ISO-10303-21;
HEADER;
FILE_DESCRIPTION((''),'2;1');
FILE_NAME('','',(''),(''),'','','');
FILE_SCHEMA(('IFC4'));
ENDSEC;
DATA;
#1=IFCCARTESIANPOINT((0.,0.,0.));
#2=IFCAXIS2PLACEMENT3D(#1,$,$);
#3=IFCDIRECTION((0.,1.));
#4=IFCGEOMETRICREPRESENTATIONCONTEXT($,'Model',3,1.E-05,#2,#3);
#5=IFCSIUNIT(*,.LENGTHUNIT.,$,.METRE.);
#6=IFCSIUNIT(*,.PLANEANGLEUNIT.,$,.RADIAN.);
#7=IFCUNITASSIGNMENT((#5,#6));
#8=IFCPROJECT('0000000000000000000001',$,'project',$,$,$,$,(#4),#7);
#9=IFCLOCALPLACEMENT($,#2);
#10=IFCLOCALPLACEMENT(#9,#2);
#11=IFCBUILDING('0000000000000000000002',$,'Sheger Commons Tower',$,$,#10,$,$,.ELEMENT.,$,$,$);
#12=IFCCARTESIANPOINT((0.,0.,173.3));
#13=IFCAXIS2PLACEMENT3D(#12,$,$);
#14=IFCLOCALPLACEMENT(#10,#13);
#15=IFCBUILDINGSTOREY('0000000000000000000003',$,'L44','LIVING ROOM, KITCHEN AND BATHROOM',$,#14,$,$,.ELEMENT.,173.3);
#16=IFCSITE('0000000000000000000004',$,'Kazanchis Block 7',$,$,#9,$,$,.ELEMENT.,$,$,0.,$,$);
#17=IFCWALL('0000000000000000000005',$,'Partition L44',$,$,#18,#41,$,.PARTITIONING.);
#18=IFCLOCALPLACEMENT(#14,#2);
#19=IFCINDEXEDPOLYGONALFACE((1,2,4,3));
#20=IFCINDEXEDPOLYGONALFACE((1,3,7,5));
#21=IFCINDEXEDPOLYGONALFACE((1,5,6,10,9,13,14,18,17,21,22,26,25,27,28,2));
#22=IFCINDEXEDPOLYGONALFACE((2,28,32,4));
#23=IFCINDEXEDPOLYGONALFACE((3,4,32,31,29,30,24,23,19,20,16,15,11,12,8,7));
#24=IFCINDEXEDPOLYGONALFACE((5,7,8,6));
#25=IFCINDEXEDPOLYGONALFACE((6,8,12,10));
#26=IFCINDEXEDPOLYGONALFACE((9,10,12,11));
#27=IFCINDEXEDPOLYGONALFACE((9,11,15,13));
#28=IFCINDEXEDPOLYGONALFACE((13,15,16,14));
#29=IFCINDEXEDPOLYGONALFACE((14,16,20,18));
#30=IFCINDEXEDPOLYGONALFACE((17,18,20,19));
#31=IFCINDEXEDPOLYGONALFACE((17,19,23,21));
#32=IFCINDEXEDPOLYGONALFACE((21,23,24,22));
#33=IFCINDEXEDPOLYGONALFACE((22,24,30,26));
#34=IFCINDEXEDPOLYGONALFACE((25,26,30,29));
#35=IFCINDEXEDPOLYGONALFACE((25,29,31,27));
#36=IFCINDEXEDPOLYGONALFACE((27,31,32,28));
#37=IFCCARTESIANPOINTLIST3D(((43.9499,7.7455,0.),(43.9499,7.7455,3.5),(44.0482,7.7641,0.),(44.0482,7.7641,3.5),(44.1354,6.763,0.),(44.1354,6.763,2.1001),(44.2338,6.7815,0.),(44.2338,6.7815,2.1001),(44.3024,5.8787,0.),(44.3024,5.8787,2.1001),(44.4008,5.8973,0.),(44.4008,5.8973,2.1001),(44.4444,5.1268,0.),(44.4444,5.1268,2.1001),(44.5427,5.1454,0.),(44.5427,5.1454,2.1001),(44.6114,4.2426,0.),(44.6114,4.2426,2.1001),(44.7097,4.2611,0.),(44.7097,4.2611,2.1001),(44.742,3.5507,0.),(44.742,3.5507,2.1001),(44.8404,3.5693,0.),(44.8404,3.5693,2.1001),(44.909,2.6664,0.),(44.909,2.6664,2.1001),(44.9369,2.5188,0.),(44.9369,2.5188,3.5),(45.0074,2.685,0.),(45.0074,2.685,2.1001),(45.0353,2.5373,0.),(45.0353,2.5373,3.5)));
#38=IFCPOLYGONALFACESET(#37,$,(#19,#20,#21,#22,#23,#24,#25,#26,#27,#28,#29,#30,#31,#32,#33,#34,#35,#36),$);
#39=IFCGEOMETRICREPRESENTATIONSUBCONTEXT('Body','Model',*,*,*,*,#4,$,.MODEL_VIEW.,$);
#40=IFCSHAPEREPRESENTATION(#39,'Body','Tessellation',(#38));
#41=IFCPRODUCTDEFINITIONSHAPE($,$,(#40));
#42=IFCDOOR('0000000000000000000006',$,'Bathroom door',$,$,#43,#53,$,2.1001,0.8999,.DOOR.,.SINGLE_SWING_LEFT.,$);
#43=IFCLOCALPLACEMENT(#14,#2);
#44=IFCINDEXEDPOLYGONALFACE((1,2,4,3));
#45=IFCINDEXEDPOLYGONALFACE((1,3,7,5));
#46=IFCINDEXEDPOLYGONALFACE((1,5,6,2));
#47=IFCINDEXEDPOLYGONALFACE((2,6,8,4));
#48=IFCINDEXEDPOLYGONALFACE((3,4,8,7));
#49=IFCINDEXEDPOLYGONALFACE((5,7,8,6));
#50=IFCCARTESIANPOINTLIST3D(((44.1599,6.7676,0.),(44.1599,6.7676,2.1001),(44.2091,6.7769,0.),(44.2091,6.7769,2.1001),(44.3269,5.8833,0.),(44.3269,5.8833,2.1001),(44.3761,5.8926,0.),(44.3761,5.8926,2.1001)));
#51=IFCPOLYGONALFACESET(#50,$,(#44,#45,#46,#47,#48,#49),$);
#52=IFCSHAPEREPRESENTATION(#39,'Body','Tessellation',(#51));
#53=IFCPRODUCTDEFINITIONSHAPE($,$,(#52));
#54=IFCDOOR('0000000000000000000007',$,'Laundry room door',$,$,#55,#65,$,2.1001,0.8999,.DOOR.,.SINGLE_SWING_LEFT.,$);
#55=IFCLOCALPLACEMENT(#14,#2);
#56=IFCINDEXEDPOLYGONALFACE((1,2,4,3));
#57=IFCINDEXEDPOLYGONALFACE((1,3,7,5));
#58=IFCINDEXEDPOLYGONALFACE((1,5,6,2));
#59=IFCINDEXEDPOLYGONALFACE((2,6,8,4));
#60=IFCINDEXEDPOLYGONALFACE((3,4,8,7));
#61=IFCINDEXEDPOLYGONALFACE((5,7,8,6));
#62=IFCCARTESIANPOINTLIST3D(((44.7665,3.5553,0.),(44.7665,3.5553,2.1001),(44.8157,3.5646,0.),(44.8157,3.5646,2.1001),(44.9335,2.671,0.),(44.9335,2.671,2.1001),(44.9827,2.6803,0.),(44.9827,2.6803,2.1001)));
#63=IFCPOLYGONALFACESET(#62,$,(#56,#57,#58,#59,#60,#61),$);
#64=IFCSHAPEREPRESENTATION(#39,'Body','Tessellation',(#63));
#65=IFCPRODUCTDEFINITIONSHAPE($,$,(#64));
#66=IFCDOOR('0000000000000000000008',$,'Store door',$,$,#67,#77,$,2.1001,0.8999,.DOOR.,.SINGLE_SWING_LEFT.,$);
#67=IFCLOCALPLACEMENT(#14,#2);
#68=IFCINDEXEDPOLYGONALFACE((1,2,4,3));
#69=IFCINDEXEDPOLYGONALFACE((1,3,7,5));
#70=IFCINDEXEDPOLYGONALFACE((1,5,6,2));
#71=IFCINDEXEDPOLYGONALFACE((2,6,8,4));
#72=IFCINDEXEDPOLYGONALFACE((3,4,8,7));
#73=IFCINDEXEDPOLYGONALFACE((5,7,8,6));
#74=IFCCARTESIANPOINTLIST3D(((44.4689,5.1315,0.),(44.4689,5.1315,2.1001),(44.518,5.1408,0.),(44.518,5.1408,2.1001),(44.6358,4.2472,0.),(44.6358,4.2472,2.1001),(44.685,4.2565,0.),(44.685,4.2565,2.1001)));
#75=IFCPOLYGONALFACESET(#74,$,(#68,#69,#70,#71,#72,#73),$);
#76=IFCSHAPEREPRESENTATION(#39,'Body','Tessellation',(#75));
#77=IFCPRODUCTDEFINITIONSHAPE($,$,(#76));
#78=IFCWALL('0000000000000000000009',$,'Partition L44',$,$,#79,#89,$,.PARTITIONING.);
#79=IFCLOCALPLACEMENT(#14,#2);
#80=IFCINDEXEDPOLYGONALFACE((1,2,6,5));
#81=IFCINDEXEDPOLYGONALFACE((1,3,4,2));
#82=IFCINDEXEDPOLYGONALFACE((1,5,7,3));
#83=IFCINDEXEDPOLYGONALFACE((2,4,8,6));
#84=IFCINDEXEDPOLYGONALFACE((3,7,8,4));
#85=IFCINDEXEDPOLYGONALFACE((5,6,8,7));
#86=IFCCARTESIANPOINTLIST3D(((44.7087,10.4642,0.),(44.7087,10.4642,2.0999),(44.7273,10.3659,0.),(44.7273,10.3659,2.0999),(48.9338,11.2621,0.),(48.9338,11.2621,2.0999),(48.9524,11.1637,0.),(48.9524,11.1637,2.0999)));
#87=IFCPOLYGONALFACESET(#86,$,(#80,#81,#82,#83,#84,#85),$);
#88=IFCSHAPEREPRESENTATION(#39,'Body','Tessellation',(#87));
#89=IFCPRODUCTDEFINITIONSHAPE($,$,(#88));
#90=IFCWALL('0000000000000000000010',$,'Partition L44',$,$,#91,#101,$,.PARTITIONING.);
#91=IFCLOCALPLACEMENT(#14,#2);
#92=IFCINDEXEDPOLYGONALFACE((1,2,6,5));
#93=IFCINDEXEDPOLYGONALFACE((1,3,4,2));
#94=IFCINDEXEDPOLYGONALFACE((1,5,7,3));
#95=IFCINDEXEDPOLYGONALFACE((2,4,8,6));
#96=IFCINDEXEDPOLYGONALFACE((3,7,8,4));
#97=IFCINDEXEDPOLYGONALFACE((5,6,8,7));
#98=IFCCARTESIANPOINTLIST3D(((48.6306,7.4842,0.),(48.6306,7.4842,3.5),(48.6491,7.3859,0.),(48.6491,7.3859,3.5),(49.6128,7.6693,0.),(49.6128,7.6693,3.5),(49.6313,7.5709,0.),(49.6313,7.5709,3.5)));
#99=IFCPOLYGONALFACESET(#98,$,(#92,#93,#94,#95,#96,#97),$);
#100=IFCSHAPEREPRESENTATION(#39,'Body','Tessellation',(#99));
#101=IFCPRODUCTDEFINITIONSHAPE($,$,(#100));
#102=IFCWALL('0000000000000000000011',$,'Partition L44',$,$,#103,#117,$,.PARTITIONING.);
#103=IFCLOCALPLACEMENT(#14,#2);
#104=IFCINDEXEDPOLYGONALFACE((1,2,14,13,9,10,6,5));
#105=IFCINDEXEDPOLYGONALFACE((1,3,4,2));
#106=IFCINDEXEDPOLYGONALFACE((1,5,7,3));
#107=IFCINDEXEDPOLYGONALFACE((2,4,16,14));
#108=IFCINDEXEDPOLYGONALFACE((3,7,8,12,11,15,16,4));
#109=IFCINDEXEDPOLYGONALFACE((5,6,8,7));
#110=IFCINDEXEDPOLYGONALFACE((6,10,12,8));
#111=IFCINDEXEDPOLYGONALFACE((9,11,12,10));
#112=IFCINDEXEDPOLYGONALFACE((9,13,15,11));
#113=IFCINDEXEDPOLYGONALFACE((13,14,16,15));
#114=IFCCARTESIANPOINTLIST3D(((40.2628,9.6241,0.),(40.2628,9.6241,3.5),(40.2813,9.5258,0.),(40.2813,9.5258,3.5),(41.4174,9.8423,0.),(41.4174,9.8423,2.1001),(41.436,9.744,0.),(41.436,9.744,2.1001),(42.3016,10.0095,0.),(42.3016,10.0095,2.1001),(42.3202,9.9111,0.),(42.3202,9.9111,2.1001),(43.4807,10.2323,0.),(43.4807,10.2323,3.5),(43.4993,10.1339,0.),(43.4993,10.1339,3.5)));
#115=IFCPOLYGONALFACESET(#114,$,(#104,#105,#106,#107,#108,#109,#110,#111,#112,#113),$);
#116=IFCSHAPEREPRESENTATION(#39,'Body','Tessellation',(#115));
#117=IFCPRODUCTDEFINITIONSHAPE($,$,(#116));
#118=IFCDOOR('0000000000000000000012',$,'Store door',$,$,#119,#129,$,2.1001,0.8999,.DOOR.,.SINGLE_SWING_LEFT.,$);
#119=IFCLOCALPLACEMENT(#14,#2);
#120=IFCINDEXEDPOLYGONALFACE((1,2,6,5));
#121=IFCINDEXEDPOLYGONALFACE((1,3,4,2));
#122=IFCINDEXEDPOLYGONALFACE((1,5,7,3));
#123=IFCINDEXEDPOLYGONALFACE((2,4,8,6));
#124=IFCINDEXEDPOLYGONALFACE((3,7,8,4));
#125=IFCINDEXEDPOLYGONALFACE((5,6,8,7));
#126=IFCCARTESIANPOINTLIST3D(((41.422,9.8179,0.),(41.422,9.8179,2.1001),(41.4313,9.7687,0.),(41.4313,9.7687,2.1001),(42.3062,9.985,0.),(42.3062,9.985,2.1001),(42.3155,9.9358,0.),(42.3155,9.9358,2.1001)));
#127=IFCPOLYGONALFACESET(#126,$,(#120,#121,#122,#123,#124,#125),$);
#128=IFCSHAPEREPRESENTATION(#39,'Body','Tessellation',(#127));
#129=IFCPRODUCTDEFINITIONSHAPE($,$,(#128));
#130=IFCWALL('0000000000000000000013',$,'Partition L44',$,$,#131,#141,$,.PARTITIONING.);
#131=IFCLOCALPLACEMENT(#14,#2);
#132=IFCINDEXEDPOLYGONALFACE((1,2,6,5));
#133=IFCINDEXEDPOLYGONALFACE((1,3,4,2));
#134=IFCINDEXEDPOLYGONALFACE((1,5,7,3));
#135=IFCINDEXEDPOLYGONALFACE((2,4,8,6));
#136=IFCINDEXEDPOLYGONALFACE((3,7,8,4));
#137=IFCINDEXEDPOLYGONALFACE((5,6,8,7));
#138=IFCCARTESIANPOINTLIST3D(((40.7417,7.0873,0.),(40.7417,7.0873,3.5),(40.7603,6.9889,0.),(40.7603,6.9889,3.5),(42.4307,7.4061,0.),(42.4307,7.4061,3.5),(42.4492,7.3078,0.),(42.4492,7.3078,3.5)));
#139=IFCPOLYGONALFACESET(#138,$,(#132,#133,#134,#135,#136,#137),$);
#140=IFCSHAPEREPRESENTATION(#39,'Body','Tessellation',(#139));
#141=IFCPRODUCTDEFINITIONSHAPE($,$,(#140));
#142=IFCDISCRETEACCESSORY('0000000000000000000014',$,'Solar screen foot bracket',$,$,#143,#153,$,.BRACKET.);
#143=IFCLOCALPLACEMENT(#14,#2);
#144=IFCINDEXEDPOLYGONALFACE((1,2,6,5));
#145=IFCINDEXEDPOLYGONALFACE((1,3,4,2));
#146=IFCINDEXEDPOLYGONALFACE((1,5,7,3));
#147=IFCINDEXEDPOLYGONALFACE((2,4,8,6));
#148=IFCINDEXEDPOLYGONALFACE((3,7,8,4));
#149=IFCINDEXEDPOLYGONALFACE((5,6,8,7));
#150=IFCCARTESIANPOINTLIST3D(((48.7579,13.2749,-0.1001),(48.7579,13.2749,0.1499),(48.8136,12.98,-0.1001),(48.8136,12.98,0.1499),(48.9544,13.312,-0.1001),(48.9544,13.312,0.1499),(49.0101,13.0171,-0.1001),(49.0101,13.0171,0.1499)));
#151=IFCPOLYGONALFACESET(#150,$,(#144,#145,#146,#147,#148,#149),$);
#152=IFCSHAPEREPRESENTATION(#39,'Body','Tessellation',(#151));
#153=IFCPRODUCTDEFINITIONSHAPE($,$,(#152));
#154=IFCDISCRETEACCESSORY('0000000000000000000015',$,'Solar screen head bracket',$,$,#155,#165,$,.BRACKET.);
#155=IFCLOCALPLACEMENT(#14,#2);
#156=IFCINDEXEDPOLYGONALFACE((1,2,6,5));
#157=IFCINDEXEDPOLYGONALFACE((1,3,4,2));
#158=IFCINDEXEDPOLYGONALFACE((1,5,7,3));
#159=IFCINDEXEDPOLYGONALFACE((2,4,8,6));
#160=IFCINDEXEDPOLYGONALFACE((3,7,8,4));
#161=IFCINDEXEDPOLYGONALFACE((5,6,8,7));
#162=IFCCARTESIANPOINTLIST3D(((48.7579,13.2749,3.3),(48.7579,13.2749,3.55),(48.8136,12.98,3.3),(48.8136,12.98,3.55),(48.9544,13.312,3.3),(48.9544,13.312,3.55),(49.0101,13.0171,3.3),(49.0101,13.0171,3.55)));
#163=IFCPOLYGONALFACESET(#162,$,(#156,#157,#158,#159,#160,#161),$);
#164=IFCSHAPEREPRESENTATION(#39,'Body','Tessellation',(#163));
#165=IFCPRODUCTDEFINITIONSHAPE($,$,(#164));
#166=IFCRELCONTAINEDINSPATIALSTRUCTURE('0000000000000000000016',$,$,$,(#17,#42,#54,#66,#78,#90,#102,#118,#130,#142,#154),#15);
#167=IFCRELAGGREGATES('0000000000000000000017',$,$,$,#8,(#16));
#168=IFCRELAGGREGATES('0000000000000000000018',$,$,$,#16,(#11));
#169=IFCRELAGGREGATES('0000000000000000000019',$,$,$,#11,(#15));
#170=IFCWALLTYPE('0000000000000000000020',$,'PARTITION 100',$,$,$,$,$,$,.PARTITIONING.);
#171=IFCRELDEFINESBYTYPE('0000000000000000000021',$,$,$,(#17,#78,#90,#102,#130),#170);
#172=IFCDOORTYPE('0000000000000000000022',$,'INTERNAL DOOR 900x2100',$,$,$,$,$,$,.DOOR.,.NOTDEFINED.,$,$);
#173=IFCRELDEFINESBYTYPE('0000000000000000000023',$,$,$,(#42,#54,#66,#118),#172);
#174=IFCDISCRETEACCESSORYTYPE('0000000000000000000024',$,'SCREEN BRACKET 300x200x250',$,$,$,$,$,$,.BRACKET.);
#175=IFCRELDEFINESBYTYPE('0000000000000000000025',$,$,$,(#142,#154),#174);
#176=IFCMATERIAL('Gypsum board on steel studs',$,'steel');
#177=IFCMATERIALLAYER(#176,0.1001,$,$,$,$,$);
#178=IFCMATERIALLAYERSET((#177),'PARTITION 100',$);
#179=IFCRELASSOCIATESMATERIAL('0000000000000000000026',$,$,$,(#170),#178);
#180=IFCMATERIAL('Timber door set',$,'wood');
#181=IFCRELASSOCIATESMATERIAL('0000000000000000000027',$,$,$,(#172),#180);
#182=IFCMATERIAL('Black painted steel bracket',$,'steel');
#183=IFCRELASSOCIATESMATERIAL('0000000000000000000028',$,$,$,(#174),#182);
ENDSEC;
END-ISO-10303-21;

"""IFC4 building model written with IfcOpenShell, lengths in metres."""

from ifc_helpers import new_model, si_unit, direction, frame, frame_2d, origin, origin_2d, place, context, subcontext, project, spatial, rectangle, extrude, material, layer, layer_set, type_object, element, fill, save


model = new_model("IFC4")

# Units and contexts
model_context = context("Model", 3, precision=1e-05, world=origin(), true_north=direction((0.0, 1.0)))
body_context = subcontext(model_context, "Body", "Model", "MODEL_VIEW")
ifc_project = project(units=[si_unit("LENGTHUNIT", "METRE"), si_unit("PLANEANGLEUNIT", "RADIAN")], contexts=[model_context])

# Site, building, storey
site_placement = place(None, origin())
site = spatial("IfcSite", under=ifc_project, at=site_placement, Name="Kazanchis Block 7", CompositionType="ELEMENT", RefElevation=0.0)
building_placement = place(site_placement, origin())
building = spatial("IfcBuilding", under=site, at=building_placement, Name="Sheger Commons Tower", CompositionType="ELEMENT")
storey_placement = place(building_placement, frame((0.0, 0.0, 173.3)))
storey = spatial("IfcBuildingStorey", under=building, at=storey_placement, Name="L44", Description="LIVING ROOM, KITCHEN AND BATHROOM", CompositionType="ELEMENT", Elevation=173.3)

# Shared definitions
ifc_material_1 = material(Name="Gypsum board on steel studs", Category="steel")
ifc_layer_1 = layer(ifc_material_1, 0.1001)
ifc_layer_set_1 = layer_set([ifc_layer_1], Name="PARTITION 100")
wall_type_1 = type_object("IfcWallType", Name="PARTITION 100", PredefinedType="PARTITIONING", material=ifc_layer_set_1)
ifc_material_2 = material(Name="Timber door set", Category="wood")
door_type = type_object("IfcDoorType", Name="INTERNAL DOOR 900x2100", OperationType="NOTDEFINED", PredefinedType="DOOR", material=ifc_material_2)

# Wall, openings, doors
wall_1_placement = place(storey_placement, frame((43.999, 7.7549, 0.0), z_axis=(0.0, 0.0, 1.0), x_axis=(0.185566, -0.982632, 0.0)))
wall_1 = element("IfcWall", 1, at=wall_1_placement, inside=storey, type_object=wall_type_1, Name="Partition L44", PredefinedType="PARTITIONING", context=body_context, shape_type="SweptSolid", body=[
    extrude(rectangle(XDim=5.3191, YDim=0.1001, at=frame_2d((2.6597, 0.0))), origin(), (0.0, 0.0, 1.0), 3.5),
])
opening_1_placement = place(wall_1_placement, frame((1.0, 0.0, 0.0)))
opening_1 = element("IfcOpeningElement", 2, at=opening_1_placement, cuts=wall_1, PredefinedType="OPENING", context=body_context, shape_type="SweptSolid", body=[
    extrude(rectangle(XDim=0.8999, YDim=2.1001, at=frame_2d((0.45, 1.05))), frame((0.0, 0.0601, 0.0), z_axis=(0.0, -1.0, 0.0), x_axis=(1.0, 0.0, 0.0)), (0.0, 0.0, 1.0), 0.1201),
])
opening_2_placement = place(wall_1_placement, frame((4.269, 0.0, 0.0)))
opening_2 = element("IfcOpeningElement", 3, at=opening_2_placement, cuts=wall_1, PredefinedType="OPENING", context=body_context, shape_type="SweptSolid", body=[
    extrude(rectangle(XDim=0.8999, YDim=2.1001, at=frame_2d((0.45, 1.05))), frame((0.0, 0.0601, 0.0), z_axis=(0.0, -1.0, 0.0), x_axis=(1.0, 0.0, 0.0)), (0.0, 0.0, 1.0), 0.1201),
])
opening_3_placement = place(wall_1_placement, frame((2.665, 0.0, 0.0)))
opening_3 = element("IfcOpeningElement", 4, at=opening_3_placement, cuts=wall_1, PredefinedType="OPENING", context=body_context, shape_type="SweptSolid", body=[
    extrude(rectangle(XDim=0.8999, YDim=2.1001, at=frame_2d((0.45, 1.05))), frame((0.0, 0.0601, 0.0), z_axis=(0.0, -1.0, 0.0), x_axis=(1.0, 0.0, 0.0)), (0.0, 0.0, 1.0), 0.1201),
])
door_1_placement = place(opening_1_placement, origin())
door_1 = element("IfcDoor", 5, at=door_1_placement, inside=storey, type_object=door_type, Name="Bathroom door", OperationType="SINGLE_SWING_LEFT", OverallHeight=2.1001, OverallWidth=0.8999, PredefinedType="DOOR", context=body_context, shape_type="SweptSolid", body=[
    extrude(rectangle(XDim=0.8999, YDim=2.1001, at=frame_2d((0.45, 1.05))), frame((0.0, 0.0249, 0.0), z_axis=(0.0, -1.0, 0.0), x_axis=(1.0, 0.0, 0.0)), (0.0, 0.0, 1.0), 0.05),
])
fill(opening_1, door_1)
door_2_placement = place(opening_2_placement, origin())
door_2 = element("IfcDoor", 6, at=door_2_placement, inside=storey, type_object=door_type, Name="Laundry room door", OperationType="SINGLE_SWING_LEFT", OverallHeight=2.1001, OverallWidth=0.8999, PredefinedType="DOOR", context=body_context, shape_type="SweptSolid", body=[
    extrude(rectangle(XDim=0.8999, YDim=2.1001, at=frame_2d((0.45, 1.05))), frame((0.0, 0.0249, 0.0), z_axis=(0.0, -1.0, 0.0), x_axis=(1.0, 0.0, 0.0)), (0.0, 0.0, 1.0), 0.05),
])
fill(opening_2, door_2)
door_3_placement = place(opening_3_placement, origin())
door_3 = element("IfcDoor", 7, at=door_3_placement, inside=storey, type_object=door_type, Name="Store door", OperationType="SINGLE_SWING_LEFT", OverallHeight=2.1001, OverallWidth=0.8999, PredefinedType="DOOR", context=body_context, shape_type="SweptSolid", body=[
    extrude(rectangle(XDim=0.8999, YDim=2.1001, at=frame_2d((0.45, 1.05))), frame((0.0, 0.0249, 0.0), z_axis=(0.0, -1.0, 0.0), x_axis=(1.0, 0.0, 0.0)), (0.0, 0.0, 1.0), 0.05),
])
fill(opening_3, door_3)

# Walls
wall_2_placement = place(storey_placement, frame((48.9431, 11.2129, 0.0), z_axis=(0.0, 0.0, 1.0), x_axis=(-0.982634, -0.185557, 0.0)))
element("IfcWall", 8, at=wall_2_placement, inside=storey, type_object=wall_type_1, Name="Partition L44", PredefinedType="PARTITIONING", context=body_context, shape_type="SweptSolid", body=[
    extrude(rectangle(XDim=4.2998, YDim=0.1001, at=frame_2d((2.1499, 0.0))), origin(), (0.0, 0.0, 1.0), 2.0999),
])
wall_3_placement = place(storey_placement, frame((49.6221, 7.6201, 0.0), z_axis=(0.0, 0.0, 1.0), x_axis=(-0.982709, -0.185159, 0.0)))
element("IfcWall", 9, at=wall_3_placement, inside=storey, type_object=wall_type_1, Name="Partition L44", PredefinedType="PARTITIONING", context=body_context, shape_type="SweptSolid", body=[
    extrude(rectangle(XDim=0.9995, YDim=0.1001, at=frame_2d((0.4998, 0.0))), origin(), (0.0, 0.0, 1.0), 3.5),
])

# Wall, opening, door
wall_4_placement = place(storey_placement, frame((43.49, 10.1831, 0.0), z_axis=(0.0, 0.0, 1.0), x_axis=(-0.982607, -0.185697, 0.0)))
wall_4 = element("IfcWall", 10, at=wall_4_placement, inside=storey, type_object=wall_type_1, Name="Partition L44", PredefinedType="PARTITIONING", context=body_context, shape_type="SweptSolid", body=[
    extrude(rectangle(XDim=3.2749, YDim=0.1001, at=frame_2d((1.6375, 0.0))), origin(), (0.0, 0.0, 1.0), 3.5),
])
opening_4_placement = place(wall_4_placement, frame((1.2, 0.0, 0.0)))
opening_4 = element("IfcOpeningElement", 11, at=opening_4_placement, cuts=wall_4, PredefinedType="OPENING", context=body_context, shape_type="SweptSolid", body=[
    extrude(rectangle(XDim=0.8999, YDim=2.1001, at=frame_2d((0.45, 1.05))), frame((0.0, 0.0601, 0.0), z_axis=(0.0, -1.0, 0.0), x_axis=(1.0, 0.0, 0.0)), (0.0, 0.0, 1.0), 0.1201),
])
door_4_placement = place(opening_4_placement, origin())
door_4 = element("IfcDoor", 12, at=door_4_placement, inside=storey, type_object=door_type, Name="Store door", OperationType="SINGLE_SWING_LEFT", OverallHeight=2.1001, OverallWidth=0.8999, PredefinedType="DOOR", context=body_context, shape_type="SweptSolid", body=[
    extrude(rectangle(XDim=0.8999, YDim=2.1001, at=frame_2d((0.45, 1.05))), frame((0.0, 0.0249, 0.0), z_axis=(0.0, -1.0, 0.0), x_axis=(1.0, 0.0, 0.0)), (0.0, 0.0, 1.0), 0.05),
])
fill(opening_4, door_4)

# Wall
wall_5_placement = place(storey_placement, frame((42.4399, 7.3569, 0.0), z_axis=(0.0, 0.0, 1.0), x_axis=(-0.982643, -0.185506, 0.0)))
element("IfcWall", 13, at=wall_5_placement, inside=storey, type_object=wall_type_1, Name="Partition L44", PredefinedType="PARTITIONING", context=body_context, shape_type="SweptSolid", body=[
    extrude(rectangle(XDim=1.7188, YDim=0.1001, at=frame_2d((0.8594, 0.0))), origin(), (0.0, 0.0, 1.0), 3.5),
])

# Discrete accessories
ifc_material_3 = material(Name="Black painted steel bracket", Category="steel")
discrete_accessory_type = type_object("IfcDiscreteAccessoryType", Name="SCREEN BRACKET 300x200x250", PredefinedType="BRACKET", material=ifc_material_3)
for number, where, z_axis, x_axis, name in (
    (14, (48.884, 13.146, -0.1001), (0.0, 0.0, 1.0), (-0.185615, 0.982623, 0.0), "Solar screen foot bracket"),
    (15, (48.884, 13.146, 3.3), (0.0, 0.0, 1.0), (-0.185615, 0.982623, 0.0), "Solar screen head bracket"),
):
    element("IfcDiscreteAccessory", number, at=place(storey_placement, frame(where, z_axis=z_axis, x_axis=x_axis)), inside=storey, type_object=discrete_accessory_type, Name=name, PredefinedType="BRACKET", context=body_context, shape_type="SweptSolid", body=[
        extrude(rectangle(XDim=0.3, YDim=0.2, at=origin_2d()), origin(), (0.0, 0.0, 1.0), 0.25),
    ])

save(model, "model.ifc")
